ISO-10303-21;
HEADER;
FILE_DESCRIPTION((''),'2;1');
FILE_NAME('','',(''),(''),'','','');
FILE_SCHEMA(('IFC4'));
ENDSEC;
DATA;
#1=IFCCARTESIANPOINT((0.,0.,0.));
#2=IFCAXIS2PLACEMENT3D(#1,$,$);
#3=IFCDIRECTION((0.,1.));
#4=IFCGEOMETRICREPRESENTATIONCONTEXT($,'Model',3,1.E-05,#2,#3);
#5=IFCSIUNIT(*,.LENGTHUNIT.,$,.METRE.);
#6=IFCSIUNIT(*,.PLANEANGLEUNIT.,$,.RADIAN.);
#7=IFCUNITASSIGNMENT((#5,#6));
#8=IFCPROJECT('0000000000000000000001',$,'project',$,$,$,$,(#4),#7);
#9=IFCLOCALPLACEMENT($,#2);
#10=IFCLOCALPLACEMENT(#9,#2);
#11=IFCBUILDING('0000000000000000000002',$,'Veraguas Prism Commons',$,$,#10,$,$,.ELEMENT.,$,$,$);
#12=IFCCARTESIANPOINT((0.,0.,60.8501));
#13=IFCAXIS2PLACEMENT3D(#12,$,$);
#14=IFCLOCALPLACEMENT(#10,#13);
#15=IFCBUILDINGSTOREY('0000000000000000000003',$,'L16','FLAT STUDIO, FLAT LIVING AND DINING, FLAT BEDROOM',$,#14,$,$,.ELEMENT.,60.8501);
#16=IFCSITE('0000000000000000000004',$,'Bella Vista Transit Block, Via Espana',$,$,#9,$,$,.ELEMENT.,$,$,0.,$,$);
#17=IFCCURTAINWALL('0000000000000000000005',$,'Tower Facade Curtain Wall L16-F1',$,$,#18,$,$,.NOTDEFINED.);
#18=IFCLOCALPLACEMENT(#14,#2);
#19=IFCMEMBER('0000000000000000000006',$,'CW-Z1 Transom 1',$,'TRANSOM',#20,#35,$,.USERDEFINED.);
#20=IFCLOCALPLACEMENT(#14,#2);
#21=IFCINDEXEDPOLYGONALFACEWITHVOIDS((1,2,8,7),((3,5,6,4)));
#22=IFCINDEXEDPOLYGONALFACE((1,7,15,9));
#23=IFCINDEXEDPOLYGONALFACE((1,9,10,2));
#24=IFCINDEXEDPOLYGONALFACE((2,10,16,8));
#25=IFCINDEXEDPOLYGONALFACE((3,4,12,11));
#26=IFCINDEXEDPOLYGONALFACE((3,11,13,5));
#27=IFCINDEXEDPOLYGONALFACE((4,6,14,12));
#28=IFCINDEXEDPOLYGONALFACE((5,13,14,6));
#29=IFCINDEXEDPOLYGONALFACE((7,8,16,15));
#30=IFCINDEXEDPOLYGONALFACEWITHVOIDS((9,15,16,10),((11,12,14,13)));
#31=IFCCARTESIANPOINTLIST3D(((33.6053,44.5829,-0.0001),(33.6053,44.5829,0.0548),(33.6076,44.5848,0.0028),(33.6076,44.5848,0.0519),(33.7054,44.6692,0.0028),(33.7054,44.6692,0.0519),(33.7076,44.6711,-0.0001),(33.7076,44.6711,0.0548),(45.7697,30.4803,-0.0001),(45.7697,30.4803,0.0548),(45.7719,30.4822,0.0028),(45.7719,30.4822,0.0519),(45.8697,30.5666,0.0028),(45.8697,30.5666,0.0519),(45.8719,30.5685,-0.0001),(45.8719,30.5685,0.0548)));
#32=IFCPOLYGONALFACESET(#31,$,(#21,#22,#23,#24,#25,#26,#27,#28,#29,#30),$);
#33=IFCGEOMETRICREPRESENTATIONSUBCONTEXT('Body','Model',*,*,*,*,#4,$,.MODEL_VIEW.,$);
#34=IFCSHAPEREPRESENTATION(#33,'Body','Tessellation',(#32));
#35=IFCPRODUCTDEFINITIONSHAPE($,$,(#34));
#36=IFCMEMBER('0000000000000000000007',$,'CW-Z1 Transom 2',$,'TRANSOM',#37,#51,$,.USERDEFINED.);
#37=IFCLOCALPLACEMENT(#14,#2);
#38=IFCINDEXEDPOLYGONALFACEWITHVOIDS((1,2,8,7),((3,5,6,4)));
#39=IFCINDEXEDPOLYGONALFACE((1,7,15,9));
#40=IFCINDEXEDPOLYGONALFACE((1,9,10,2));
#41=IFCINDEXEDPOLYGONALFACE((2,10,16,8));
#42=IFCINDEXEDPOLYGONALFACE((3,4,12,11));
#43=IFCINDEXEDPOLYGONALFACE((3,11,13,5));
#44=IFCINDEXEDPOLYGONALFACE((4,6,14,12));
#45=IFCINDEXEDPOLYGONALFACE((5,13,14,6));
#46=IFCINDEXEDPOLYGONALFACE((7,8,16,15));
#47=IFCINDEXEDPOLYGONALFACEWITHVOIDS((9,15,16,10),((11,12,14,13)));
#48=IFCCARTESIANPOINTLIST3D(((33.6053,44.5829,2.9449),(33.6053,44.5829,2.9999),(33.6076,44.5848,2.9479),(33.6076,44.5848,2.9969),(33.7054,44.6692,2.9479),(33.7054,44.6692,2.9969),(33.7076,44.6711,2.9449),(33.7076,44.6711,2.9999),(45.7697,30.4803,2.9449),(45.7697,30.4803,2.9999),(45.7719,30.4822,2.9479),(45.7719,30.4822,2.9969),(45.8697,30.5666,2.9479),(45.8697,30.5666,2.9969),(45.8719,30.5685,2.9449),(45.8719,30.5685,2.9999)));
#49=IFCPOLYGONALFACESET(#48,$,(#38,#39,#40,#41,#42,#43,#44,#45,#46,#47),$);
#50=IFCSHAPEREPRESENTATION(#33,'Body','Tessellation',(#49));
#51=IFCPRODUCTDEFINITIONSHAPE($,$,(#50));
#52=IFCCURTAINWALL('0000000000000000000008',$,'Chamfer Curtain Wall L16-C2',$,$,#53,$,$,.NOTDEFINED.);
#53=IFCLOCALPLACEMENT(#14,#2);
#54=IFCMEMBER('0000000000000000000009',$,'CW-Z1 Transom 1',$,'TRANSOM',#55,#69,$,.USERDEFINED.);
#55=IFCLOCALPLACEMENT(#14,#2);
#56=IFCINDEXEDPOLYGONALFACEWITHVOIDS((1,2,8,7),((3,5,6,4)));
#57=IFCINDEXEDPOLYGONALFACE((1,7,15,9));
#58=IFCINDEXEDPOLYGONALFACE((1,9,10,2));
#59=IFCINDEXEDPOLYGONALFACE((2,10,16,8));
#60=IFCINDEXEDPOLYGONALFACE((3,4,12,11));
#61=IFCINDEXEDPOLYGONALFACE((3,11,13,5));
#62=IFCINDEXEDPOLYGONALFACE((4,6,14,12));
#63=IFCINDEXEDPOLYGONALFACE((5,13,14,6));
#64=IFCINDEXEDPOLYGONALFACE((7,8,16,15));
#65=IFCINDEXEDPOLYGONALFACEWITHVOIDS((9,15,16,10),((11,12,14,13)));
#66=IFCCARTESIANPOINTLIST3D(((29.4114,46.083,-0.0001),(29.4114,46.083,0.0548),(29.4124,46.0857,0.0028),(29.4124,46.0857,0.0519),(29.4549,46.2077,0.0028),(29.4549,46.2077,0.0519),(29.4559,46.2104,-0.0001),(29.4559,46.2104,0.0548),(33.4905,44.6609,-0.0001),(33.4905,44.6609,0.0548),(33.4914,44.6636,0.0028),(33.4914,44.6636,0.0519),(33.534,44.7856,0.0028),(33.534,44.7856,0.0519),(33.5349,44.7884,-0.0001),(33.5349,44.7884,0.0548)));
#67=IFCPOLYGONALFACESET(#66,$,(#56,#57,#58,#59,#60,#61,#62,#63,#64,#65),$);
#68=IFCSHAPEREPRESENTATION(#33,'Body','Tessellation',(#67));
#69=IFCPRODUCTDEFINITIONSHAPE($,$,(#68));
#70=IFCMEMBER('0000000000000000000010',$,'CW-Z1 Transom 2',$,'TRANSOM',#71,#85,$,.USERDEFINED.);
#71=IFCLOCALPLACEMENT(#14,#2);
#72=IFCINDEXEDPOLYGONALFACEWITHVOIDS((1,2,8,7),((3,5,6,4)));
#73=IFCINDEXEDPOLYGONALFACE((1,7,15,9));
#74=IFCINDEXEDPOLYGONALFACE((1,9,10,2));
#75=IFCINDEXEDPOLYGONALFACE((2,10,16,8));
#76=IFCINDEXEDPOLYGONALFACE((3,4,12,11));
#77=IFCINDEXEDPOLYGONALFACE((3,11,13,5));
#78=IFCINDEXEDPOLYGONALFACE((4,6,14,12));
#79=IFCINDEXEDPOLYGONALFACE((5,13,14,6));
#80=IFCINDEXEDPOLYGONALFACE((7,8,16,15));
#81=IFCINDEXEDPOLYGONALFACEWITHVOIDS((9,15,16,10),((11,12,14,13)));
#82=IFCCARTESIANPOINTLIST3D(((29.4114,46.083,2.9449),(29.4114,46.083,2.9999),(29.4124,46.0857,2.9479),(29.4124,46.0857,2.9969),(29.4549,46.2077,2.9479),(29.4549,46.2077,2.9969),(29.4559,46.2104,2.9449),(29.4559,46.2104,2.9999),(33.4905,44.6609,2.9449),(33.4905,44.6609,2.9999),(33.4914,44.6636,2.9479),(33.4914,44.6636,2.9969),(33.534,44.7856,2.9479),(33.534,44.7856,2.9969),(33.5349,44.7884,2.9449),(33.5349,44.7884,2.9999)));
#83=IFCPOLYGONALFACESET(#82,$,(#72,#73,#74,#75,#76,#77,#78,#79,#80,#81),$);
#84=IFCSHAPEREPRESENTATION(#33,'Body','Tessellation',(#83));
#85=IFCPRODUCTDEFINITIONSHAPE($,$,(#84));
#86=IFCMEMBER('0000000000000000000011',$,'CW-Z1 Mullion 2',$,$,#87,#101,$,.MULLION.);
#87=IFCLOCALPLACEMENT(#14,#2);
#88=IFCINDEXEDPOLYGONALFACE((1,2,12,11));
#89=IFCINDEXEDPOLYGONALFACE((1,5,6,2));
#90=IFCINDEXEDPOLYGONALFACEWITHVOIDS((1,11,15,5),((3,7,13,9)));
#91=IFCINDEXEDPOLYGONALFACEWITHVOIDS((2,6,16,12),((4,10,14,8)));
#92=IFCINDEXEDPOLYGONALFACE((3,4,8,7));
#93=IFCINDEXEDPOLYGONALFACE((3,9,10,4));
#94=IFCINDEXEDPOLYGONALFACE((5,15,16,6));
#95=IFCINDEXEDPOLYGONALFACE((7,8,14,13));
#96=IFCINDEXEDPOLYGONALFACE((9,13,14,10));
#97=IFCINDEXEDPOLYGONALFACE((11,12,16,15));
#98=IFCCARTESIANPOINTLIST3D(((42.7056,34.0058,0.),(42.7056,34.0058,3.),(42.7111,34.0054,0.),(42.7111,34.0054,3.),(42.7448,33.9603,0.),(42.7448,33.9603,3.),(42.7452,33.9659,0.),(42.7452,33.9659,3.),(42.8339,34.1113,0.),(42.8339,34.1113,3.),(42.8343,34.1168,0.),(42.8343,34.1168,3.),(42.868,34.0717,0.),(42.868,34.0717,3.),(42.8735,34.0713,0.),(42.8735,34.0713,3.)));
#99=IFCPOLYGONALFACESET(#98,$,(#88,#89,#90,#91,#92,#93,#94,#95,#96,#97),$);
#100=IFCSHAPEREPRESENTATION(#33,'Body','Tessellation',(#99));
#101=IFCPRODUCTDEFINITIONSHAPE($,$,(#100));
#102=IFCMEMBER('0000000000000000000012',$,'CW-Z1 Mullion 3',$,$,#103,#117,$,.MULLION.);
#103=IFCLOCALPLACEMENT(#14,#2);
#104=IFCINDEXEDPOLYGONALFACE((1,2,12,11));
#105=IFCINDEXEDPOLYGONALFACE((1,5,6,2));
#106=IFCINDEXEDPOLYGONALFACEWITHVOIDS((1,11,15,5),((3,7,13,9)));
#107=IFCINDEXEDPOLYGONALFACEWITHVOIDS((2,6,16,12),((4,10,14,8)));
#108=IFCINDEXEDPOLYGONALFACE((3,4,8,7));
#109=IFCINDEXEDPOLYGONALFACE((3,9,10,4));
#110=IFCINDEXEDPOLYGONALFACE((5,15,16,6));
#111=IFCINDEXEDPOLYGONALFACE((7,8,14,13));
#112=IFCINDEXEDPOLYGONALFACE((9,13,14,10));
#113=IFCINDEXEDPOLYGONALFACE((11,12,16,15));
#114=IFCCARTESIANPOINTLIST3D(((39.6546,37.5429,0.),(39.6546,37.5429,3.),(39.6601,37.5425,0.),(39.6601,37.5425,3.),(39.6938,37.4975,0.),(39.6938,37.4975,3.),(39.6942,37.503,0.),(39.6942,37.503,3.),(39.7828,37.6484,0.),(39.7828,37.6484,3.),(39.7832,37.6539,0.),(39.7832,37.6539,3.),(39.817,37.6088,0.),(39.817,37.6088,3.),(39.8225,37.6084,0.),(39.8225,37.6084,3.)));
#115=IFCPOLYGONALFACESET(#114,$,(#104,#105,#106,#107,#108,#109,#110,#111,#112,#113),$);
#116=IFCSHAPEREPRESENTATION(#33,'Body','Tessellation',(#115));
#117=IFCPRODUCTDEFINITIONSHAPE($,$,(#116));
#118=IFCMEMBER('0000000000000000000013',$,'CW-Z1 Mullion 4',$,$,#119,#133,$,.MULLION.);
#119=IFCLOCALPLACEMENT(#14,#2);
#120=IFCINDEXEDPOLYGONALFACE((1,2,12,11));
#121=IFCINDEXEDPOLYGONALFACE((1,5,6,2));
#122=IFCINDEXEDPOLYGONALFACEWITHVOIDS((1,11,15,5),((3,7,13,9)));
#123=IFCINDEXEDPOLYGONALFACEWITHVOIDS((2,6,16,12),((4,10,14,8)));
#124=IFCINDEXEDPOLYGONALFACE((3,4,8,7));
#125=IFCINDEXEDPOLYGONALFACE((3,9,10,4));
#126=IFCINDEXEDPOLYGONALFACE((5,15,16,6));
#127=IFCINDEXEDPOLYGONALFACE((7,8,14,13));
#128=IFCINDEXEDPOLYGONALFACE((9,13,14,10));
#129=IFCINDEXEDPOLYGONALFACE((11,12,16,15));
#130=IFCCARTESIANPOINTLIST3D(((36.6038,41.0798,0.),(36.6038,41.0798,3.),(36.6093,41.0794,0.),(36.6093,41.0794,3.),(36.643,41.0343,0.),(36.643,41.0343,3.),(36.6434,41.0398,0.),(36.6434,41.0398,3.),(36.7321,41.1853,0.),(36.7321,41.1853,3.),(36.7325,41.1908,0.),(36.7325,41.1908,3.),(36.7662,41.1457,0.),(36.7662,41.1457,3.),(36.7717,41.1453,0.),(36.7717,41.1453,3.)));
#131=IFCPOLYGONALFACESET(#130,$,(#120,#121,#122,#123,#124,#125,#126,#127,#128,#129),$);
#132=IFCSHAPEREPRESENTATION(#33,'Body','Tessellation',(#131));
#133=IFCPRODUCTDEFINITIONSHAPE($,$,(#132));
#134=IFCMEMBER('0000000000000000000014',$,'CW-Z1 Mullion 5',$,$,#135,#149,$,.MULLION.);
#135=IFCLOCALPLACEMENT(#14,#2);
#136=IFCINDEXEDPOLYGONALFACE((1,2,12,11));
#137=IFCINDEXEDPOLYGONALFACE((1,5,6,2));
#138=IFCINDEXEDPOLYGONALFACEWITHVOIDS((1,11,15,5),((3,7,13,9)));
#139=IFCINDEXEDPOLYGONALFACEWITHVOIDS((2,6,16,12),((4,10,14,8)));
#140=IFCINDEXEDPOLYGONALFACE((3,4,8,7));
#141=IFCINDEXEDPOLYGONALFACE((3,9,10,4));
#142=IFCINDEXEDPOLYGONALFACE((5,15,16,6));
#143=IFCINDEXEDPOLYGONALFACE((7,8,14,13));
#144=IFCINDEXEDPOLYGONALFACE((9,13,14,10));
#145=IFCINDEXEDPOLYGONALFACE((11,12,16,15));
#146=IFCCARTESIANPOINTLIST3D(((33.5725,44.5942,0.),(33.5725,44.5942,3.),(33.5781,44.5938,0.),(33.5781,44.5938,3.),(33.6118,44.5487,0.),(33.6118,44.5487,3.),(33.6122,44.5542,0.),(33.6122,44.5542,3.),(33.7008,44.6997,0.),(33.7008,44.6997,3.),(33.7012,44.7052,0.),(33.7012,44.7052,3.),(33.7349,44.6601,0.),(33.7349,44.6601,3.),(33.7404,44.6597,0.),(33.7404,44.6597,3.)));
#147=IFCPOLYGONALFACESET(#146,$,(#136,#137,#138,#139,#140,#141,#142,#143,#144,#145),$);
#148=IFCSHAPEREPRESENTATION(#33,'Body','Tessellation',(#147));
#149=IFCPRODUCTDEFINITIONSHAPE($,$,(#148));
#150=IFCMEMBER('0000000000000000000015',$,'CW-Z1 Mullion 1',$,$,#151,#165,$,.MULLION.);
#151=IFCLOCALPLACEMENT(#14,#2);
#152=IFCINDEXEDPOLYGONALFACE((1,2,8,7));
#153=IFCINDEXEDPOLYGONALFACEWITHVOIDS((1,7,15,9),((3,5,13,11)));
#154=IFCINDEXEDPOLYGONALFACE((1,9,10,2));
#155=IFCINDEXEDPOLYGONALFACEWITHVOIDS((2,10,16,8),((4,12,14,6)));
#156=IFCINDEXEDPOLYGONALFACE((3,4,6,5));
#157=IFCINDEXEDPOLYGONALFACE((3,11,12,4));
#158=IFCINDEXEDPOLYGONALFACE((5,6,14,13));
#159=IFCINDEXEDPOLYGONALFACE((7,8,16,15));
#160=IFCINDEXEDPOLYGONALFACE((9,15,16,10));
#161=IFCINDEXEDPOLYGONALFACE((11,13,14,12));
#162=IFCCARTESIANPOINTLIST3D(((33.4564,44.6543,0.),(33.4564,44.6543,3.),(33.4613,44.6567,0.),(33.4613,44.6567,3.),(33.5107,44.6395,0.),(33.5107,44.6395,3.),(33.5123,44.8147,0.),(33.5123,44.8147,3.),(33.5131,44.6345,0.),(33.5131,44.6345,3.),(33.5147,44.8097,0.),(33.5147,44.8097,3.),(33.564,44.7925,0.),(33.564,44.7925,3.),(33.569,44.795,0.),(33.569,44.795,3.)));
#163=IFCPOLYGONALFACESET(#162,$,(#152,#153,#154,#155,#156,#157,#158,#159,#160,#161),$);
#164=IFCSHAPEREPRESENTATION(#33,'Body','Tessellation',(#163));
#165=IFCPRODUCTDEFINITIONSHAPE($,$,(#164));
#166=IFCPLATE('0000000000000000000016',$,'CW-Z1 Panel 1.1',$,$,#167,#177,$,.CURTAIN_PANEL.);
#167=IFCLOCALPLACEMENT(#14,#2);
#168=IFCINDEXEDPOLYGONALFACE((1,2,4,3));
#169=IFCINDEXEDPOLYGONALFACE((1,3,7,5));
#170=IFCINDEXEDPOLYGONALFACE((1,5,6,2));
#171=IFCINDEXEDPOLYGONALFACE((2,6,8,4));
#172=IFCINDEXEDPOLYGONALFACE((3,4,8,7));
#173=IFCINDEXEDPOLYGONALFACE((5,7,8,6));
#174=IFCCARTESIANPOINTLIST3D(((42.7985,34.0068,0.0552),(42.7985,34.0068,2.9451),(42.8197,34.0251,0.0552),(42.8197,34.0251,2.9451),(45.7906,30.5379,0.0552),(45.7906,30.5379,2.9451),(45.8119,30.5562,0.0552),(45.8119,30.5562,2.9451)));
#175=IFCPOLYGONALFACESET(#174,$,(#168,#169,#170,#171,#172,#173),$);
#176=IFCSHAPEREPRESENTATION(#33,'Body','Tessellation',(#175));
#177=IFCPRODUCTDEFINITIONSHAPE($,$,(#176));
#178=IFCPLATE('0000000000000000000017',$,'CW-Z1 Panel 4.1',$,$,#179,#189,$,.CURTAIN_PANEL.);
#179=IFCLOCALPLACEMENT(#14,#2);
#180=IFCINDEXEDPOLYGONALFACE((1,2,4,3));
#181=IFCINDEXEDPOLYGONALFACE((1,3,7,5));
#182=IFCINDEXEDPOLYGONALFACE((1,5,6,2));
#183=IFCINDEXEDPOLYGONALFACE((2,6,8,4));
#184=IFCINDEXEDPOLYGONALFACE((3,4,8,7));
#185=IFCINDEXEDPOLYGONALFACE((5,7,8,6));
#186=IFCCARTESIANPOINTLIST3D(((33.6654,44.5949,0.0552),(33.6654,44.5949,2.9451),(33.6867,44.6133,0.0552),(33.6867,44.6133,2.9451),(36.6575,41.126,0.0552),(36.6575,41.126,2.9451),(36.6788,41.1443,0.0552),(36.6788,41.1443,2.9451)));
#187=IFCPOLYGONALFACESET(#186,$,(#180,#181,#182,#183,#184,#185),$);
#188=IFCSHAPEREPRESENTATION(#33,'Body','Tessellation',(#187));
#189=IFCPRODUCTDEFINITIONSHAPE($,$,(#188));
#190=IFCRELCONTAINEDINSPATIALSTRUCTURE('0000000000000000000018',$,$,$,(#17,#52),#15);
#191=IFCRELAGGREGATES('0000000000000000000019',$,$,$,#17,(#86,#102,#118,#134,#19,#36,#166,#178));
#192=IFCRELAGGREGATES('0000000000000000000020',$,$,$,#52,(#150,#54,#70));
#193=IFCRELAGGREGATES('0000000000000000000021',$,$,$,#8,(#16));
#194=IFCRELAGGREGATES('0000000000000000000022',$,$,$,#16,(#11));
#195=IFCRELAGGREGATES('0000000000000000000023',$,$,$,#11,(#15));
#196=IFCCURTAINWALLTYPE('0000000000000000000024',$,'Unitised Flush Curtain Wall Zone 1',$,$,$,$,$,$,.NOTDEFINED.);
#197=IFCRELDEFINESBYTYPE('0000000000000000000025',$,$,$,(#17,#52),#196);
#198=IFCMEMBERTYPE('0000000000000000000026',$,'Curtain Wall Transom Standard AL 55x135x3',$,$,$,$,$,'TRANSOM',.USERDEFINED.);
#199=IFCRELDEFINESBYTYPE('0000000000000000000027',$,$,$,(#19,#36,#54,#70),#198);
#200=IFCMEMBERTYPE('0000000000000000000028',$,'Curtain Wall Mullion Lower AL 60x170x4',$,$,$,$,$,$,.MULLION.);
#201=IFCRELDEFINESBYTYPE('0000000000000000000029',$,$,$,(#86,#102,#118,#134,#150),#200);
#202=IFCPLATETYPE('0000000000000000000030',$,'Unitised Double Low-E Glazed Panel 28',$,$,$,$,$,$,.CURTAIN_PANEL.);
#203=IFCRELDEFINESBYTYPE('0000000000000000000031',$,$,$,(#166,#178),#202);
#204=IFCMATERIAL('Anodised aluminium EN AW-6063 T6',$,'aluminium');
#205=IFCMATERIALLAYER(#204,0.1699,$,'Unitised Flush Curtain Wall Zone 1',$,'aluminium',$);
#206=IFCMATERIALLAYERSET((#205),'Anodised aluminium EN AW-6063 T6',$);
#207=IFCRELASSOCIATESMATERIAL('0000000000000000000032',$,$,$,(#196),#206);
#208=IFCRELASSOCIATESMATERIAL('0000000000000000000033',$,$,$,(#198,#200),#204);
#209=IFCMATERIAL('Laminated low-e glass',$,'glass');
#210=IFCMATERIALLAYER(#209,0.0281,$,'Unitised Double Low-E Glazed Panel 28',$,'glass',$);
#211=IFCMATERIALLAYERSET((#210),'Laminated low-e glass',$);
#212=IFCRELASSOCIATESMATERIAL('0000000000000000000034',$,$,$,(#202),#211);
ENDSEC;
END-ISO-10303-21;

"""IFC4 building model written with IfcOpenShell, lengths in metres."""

from ifc_helpers import new_model, si_unit, direction, frame, origin, origin_2d, place, context, subcontext, project, spatial, rectangle, hollow_rectangle, extrude, source, transform, mapped, material, layer, layer_set, material_profile, profile_set, type_object, element, aggregate, save


model = new_model("IFC4")

# Units and contexts
model_context = context("Model", 3, precision=1e-05, world=origin(), true_north=direction((0.0, 1.0)))
body_context = subcontext(model_context, "Body", "Model", "MODEL_VIEW")
ifc_project = project(units=[si_unit("LENGTHUNIT", "METRE"), si_unit("PLANEANGLEUNIT", "RADIAN")], contexts=[model_context])

# Site, building, storey
site_placement = place(None, origin())
site = spatial("IfcSite", under=ifc_project, at=site_placement, Name="Bella Vista Transit Block, Via Espana", CompositionType="ELEMENT", RefElevation=0.0)
building_placement = place(site_placement, origin())
building = spatial("IfcBuilding", under=site, at=building_placement, Name="Veraguas Prism Commons", CompositionType="ELEMENT")
storey_placement = place(building_placement, frame((0.0, 0.0, 60.8501)))
storey = spatial("IfcBuildingStorey", under=building, at=storey_placement, Name="L16", Description="FLAT STUDIO, FLAT LIVING AND DINING, FLAT BEDROOM", CompositionType="ELEMENT", Elevation=60.8501)

# Curtain walls, members
ifc_material_1 = material(Name="Anodised aluminium EN AW-6063 T6", Category="aluminium")
ifc_layer_1 = layer(ifc_material_1, 0.1699, Name="Unitised Flush Curtain Wall Zone 1", Category="aluminium")
ifc_layer_set_1 = layer_set([ifc_layer_1], Name="Anodised aluminium EN AW-6063 T6")
curtain_wall_type = type_object("IfcCurtainWallType", Name="Unitised Flush Curtain Wall Zone 1", PredefinedType="NOTDEFINED", material=ifc_layer_set_1)
curtain_wall_1_placement = place(storey_placement, origin())
curtain_wall_1 = element("IfcCurtainWall", 1, at=curtain_wall_1_placement, inside=storey, type_object=curtain_wall_type, Name="Tower Facade Curtain Wall L16-F1", PredefinedType="NOTDEFINED")
ifc_material_profile_1 = material_profile(ifc_material_1, hollow_rectangle(XDim=0.0549, YDim=0.135, WallThickness=0.0029, at=origin_2d()), Name="AL55X135X3")
ifc_profile_set_1 = profile_set([ifc_material_profile_1], Name="Anodised aluminium EN AW-6063 T6")
member_type_1 = type_object("IfcMemberType", Name="Curtain Wall Transom Standard AL 55x135x3", ElementType="TRANSOM", PredefinedType="USERDEFINED", material=ifc_profile_set_1)
shared_shape_1 = source(origin(), body_context, "Body", "SweptSolid", [
    extrude(hollow_rectangle(XDim=0.0549, YDim=0.135, WallThickness=0.0029, at=origin_2d()), origin(), (0.0, 0.0, 1.0), 18.624),
])
member_1_placement = place(storey_placement, frame((45.8208, 30.5244, 0.0273), z_axis=(-0.653154, 0.757226, 0.0), x_axis=(0.0, 0.0, 1.0)))
member_1 = element("IfcMember", 2, at=member_1_placement, type_object=member_type_1, Name="CW-Z1 Transom 1", ObjectType="TRANSOM", PredefinedType="USERDEFINED", context=body_context, shape_type="MappedRepresentation", body=[
    mapped(shared_shape_1, transform((0.0, 0.0, 0.0), scale=1.0)),
])
member_2_placement = place(storey_placement, frame((45.8208, 30.5244, 2.9724), z_axis=(-0.653154, 0.757226, 0.0), x_axis=(0.0, 0.0, 1.0)))
member_2 = element("IfcMember", 3, at=member_2_placement, type_object=member_type_1, Name="CW-Z1 Transom 2", ObjectType="TRANSOM", PredefinedType="USERDEFINED", context=body_context, shape_type="MappedRepresentation", body=[
    mapped(shared_shape_1, transform((0.0, 0.0, 0.0), scale=1.0)),
])
curtain_wall_2_placement = place(storey_placement, origin())
curtain_wall_2 = element("IfcCurtainWall", 4, at=curtain_wall_2_placement, inside=storey, type_object=curtain_wall_type, Name="Chamfer Curtain Wall L16-C2", PredefinedType="NOTDEFINED")
shared_shape_2 = source(origin(), body_context, "Body", "SweptSolid", [
    extrude(hollow_rectangle(XDim=0.0549, YDim=0.135, WallThickness=0.0029, at=origin_2d()), origin(), (0.0, 0.0, 1.0), 4.3198),
])
member_3_placement = place(storey_placement, frame((33.5127, 44.7246, 0.0273), z_axis=(-0.944259, 0.329202, 0.0), x_axis=(0.0, 0.0, 1.0)))
member_3 = element("IfcMember", 5, at=member_3_placement, type_object=member_type_1, Name="CW-Z1 Transom 1", ObjectType="TRANSOM", PredefinedType="USERDEFINED", context=body_context, shape_type="MappedRepresentation", body=[
    mapped(shared_shape_2, transform((0.0, 0.0, 0.0), scale=1.0)),
])
member_4_placement = place(storey_placement, frame((33.5127, 44.7246, 2.9724), z_axis=(-0.944259, 0.329202, 0.0), x_axis=(0.0, 0.0, 1.0)))
member_4 = element("IfcMember", 6, at=member_4_placement, type_object=member_type_1, Name="CW-Z1 Transom 2", ObjectType="TRANSOM", PredefinedType="USERDEFINED", context=body_context, shape_type="MappedRepresentation", body=[
    mapped(shared_shape_2, transform((0.0, 0.0, 0.0), scale=1.0)),
])

# Members
ifc_material_profile_2 = material_profile(ifc_material_1, hollow_rectangle(XDim=0.0601, YDim=0.1699, WallThickness=0.0039, at=origin_2d()), Name="AL60X170X4")
ifc_profile_set_2 = profile_set([ifc_material_profile_2], Name="Anodised aluminium EN AW-6063 T6")
member_type_2 = type_object("IfcMemberType", Name="Curtain Wall Mullion Lower AL 60x170x4", PredefinedType="MULLION", material=ifc_profile_set_2)
shared_shape_3 = source(origin(), body_context, "Body", "SweptSolid", [
    extrude(hollow_rectangle(XDim=0.0601, YDim=0.1699, WallThickness=0.0039, at=origin_2d()), origin(), (0.0, 0.0, 1.0), 3.0),
])
member_5_placement = place(storey_placement, frame((42.7896, 34.0386, 0.0), z_axis=(0.0, 0.0, 1.0), x_axis=(-0.65315, 0.757229, 0.0)))
member_5 = element("IfcMember", 7, at=member_5_placement, type_object=member_type_2, Name="CW-Z1 Mullion 2", PredefinedType="MULLION", context=body_context, shape_type="MappedRepresentation", body=[
    mapped(shared_shape_3, transform((0.0, 0.0, 0.0), scale=1.0)),
])
member_6_placement = place(storey_placement, frame((39.7385, 37.5757, 0.0), z_axis=(0.0, 0.0, 1.0), x_axis=(-0.65315, 0.757229, 0.0)))
member_6 = element("IfcMember", 8, at=member_6_placement, type_object=member_type_2, Name="CW-Z1 Mullion 3", PredefinedType="MULLION", context=body_context, shape_type="MappedRepresentation", body=[
    mapped(shared_shape_3, transform((0.0, 0.0, 0.0), scale=1.0)),
])
member_7_placement = place(storey_placement, frame((36.6877, 41.1125, 0.0), z_axis=(0.0, 0.0, 1.0), x_axis=(-0.65315, 0.757229, 0.0)))
member_7 = element("IfcMember", 9, at=member_7_placement, type_object=member_type_2, Name="CW-Z1 Mullion 4", PredefinedType="MULLION", context=body_context, shape_type="MappedRepresentation", body=[
    mapped(shared_shape_3, transform((0.0, 0.0, 0.0), scale=1.0)),
])
member_8_placement = place(storey_placement, frame((33.6565, 44.627, 0.0), z_axis=(0.0, 0.0, 1.0), x_axis=(-0.65315, 0.757229, 0.0)))
member_8 = element("IfcMember", 10, at=member_8_placement, type_object=member_type_2, Name="CW-Z1 Mullion 5", PredefinedType="MULLION", context=body_context, shape_type="MappedRepresentation", body=[
    mapped(shared_shape_3, transform((0.0, 0.0, 0.0), scale=1.0)),
])
member_9_placement = place(storey_placement, frame((33.5127, 44.7246, 0.0), z_axis=(0.0, 0.0, 1.0), x_axis=(-0.944272, 0.329165, 0.0)))
member_9 = element("IfcMember", 11, at=member_9_placement, type_object=member_type_2, Name="CW-Z1 Mullion 1", PredefinedType="MULLION", context=body_context, shape_type="MappedRepresentation", body=[
    mapped(shared_shape_3, transform((0.0, 0.0, 0.0), scale=1.0)),
])

# Plates
ifc_material_2 = material(Name="Laminated low-e glass", Category="glass")
ifc_layer_2 = layer(ifc_material_2, 0.0281, Name="Unitised Double Low-E Glazed Panel 28", Category="glass")
ifc_layer_set_2 = layer_set([ifc_layer_2], Name="Laminated low-e glass")
plate_type = type_object("IfcPlateType", Name="Unitised Double Low-E Glazed Panel 28", PredefinedType="CURTAIN_PANEL", material=ifc_layer_set_2)
shared_shape_4 = source(origin(), body_context, "Body", "SweptSolid", [
    extrude(rectangle(XDim=4.5811, YDim=0.0281, at=origin_2d()), origin(), (0.0, 0.0, 1.0), 2.8899),
])
plate_1_placement = place(storey_placement, frame((44.3052, 32.2815, 0.0552), z_axis=(0.0, 0.0, 1.0), x_axis=(-0.65315, 0.757229, 0.0)))
plate_1 = element("IfcPlate", 12, at=plate_1_placement, type_object=plate_type, Name="CW-Z1 Panel 1.1", PredefinedType="CURTAIN_PANEL", context=body_context, shape_type="MappedRepresentation", body=[
    mapped(shared_shape_4, transform((0.0, 0.0, 0.0), scale=1.0)),
])
plate_2_placement = place(storey_placement, frame((35.1721, 42.8696, 0.0552), z_axis=(0.0, 0.0, 1.0), x_axis=(-0.65315, 0.757229, 0.0)))
plate_2 = element("IfcPlate", 13, at=plate_2_placement, type_object=plate_type, Name="CW-Z1 Panel 4.1", PredefinedType="CURTAIN_PANEL", context=body_context, shape_type="MappedRepresentation", body=[
    mapped(shared_shape_4, transform((0.0, 0.0, 0.0), scale=1.0)),
])
aggregate(curtain_wall_1, [member_5, member_6, member_7, member_8, member_1, member_2, plate_1, plate_2])
aggregate(curtain_wall_2, [member_9, member_3, member_4])

save(model, "model.ifc")
